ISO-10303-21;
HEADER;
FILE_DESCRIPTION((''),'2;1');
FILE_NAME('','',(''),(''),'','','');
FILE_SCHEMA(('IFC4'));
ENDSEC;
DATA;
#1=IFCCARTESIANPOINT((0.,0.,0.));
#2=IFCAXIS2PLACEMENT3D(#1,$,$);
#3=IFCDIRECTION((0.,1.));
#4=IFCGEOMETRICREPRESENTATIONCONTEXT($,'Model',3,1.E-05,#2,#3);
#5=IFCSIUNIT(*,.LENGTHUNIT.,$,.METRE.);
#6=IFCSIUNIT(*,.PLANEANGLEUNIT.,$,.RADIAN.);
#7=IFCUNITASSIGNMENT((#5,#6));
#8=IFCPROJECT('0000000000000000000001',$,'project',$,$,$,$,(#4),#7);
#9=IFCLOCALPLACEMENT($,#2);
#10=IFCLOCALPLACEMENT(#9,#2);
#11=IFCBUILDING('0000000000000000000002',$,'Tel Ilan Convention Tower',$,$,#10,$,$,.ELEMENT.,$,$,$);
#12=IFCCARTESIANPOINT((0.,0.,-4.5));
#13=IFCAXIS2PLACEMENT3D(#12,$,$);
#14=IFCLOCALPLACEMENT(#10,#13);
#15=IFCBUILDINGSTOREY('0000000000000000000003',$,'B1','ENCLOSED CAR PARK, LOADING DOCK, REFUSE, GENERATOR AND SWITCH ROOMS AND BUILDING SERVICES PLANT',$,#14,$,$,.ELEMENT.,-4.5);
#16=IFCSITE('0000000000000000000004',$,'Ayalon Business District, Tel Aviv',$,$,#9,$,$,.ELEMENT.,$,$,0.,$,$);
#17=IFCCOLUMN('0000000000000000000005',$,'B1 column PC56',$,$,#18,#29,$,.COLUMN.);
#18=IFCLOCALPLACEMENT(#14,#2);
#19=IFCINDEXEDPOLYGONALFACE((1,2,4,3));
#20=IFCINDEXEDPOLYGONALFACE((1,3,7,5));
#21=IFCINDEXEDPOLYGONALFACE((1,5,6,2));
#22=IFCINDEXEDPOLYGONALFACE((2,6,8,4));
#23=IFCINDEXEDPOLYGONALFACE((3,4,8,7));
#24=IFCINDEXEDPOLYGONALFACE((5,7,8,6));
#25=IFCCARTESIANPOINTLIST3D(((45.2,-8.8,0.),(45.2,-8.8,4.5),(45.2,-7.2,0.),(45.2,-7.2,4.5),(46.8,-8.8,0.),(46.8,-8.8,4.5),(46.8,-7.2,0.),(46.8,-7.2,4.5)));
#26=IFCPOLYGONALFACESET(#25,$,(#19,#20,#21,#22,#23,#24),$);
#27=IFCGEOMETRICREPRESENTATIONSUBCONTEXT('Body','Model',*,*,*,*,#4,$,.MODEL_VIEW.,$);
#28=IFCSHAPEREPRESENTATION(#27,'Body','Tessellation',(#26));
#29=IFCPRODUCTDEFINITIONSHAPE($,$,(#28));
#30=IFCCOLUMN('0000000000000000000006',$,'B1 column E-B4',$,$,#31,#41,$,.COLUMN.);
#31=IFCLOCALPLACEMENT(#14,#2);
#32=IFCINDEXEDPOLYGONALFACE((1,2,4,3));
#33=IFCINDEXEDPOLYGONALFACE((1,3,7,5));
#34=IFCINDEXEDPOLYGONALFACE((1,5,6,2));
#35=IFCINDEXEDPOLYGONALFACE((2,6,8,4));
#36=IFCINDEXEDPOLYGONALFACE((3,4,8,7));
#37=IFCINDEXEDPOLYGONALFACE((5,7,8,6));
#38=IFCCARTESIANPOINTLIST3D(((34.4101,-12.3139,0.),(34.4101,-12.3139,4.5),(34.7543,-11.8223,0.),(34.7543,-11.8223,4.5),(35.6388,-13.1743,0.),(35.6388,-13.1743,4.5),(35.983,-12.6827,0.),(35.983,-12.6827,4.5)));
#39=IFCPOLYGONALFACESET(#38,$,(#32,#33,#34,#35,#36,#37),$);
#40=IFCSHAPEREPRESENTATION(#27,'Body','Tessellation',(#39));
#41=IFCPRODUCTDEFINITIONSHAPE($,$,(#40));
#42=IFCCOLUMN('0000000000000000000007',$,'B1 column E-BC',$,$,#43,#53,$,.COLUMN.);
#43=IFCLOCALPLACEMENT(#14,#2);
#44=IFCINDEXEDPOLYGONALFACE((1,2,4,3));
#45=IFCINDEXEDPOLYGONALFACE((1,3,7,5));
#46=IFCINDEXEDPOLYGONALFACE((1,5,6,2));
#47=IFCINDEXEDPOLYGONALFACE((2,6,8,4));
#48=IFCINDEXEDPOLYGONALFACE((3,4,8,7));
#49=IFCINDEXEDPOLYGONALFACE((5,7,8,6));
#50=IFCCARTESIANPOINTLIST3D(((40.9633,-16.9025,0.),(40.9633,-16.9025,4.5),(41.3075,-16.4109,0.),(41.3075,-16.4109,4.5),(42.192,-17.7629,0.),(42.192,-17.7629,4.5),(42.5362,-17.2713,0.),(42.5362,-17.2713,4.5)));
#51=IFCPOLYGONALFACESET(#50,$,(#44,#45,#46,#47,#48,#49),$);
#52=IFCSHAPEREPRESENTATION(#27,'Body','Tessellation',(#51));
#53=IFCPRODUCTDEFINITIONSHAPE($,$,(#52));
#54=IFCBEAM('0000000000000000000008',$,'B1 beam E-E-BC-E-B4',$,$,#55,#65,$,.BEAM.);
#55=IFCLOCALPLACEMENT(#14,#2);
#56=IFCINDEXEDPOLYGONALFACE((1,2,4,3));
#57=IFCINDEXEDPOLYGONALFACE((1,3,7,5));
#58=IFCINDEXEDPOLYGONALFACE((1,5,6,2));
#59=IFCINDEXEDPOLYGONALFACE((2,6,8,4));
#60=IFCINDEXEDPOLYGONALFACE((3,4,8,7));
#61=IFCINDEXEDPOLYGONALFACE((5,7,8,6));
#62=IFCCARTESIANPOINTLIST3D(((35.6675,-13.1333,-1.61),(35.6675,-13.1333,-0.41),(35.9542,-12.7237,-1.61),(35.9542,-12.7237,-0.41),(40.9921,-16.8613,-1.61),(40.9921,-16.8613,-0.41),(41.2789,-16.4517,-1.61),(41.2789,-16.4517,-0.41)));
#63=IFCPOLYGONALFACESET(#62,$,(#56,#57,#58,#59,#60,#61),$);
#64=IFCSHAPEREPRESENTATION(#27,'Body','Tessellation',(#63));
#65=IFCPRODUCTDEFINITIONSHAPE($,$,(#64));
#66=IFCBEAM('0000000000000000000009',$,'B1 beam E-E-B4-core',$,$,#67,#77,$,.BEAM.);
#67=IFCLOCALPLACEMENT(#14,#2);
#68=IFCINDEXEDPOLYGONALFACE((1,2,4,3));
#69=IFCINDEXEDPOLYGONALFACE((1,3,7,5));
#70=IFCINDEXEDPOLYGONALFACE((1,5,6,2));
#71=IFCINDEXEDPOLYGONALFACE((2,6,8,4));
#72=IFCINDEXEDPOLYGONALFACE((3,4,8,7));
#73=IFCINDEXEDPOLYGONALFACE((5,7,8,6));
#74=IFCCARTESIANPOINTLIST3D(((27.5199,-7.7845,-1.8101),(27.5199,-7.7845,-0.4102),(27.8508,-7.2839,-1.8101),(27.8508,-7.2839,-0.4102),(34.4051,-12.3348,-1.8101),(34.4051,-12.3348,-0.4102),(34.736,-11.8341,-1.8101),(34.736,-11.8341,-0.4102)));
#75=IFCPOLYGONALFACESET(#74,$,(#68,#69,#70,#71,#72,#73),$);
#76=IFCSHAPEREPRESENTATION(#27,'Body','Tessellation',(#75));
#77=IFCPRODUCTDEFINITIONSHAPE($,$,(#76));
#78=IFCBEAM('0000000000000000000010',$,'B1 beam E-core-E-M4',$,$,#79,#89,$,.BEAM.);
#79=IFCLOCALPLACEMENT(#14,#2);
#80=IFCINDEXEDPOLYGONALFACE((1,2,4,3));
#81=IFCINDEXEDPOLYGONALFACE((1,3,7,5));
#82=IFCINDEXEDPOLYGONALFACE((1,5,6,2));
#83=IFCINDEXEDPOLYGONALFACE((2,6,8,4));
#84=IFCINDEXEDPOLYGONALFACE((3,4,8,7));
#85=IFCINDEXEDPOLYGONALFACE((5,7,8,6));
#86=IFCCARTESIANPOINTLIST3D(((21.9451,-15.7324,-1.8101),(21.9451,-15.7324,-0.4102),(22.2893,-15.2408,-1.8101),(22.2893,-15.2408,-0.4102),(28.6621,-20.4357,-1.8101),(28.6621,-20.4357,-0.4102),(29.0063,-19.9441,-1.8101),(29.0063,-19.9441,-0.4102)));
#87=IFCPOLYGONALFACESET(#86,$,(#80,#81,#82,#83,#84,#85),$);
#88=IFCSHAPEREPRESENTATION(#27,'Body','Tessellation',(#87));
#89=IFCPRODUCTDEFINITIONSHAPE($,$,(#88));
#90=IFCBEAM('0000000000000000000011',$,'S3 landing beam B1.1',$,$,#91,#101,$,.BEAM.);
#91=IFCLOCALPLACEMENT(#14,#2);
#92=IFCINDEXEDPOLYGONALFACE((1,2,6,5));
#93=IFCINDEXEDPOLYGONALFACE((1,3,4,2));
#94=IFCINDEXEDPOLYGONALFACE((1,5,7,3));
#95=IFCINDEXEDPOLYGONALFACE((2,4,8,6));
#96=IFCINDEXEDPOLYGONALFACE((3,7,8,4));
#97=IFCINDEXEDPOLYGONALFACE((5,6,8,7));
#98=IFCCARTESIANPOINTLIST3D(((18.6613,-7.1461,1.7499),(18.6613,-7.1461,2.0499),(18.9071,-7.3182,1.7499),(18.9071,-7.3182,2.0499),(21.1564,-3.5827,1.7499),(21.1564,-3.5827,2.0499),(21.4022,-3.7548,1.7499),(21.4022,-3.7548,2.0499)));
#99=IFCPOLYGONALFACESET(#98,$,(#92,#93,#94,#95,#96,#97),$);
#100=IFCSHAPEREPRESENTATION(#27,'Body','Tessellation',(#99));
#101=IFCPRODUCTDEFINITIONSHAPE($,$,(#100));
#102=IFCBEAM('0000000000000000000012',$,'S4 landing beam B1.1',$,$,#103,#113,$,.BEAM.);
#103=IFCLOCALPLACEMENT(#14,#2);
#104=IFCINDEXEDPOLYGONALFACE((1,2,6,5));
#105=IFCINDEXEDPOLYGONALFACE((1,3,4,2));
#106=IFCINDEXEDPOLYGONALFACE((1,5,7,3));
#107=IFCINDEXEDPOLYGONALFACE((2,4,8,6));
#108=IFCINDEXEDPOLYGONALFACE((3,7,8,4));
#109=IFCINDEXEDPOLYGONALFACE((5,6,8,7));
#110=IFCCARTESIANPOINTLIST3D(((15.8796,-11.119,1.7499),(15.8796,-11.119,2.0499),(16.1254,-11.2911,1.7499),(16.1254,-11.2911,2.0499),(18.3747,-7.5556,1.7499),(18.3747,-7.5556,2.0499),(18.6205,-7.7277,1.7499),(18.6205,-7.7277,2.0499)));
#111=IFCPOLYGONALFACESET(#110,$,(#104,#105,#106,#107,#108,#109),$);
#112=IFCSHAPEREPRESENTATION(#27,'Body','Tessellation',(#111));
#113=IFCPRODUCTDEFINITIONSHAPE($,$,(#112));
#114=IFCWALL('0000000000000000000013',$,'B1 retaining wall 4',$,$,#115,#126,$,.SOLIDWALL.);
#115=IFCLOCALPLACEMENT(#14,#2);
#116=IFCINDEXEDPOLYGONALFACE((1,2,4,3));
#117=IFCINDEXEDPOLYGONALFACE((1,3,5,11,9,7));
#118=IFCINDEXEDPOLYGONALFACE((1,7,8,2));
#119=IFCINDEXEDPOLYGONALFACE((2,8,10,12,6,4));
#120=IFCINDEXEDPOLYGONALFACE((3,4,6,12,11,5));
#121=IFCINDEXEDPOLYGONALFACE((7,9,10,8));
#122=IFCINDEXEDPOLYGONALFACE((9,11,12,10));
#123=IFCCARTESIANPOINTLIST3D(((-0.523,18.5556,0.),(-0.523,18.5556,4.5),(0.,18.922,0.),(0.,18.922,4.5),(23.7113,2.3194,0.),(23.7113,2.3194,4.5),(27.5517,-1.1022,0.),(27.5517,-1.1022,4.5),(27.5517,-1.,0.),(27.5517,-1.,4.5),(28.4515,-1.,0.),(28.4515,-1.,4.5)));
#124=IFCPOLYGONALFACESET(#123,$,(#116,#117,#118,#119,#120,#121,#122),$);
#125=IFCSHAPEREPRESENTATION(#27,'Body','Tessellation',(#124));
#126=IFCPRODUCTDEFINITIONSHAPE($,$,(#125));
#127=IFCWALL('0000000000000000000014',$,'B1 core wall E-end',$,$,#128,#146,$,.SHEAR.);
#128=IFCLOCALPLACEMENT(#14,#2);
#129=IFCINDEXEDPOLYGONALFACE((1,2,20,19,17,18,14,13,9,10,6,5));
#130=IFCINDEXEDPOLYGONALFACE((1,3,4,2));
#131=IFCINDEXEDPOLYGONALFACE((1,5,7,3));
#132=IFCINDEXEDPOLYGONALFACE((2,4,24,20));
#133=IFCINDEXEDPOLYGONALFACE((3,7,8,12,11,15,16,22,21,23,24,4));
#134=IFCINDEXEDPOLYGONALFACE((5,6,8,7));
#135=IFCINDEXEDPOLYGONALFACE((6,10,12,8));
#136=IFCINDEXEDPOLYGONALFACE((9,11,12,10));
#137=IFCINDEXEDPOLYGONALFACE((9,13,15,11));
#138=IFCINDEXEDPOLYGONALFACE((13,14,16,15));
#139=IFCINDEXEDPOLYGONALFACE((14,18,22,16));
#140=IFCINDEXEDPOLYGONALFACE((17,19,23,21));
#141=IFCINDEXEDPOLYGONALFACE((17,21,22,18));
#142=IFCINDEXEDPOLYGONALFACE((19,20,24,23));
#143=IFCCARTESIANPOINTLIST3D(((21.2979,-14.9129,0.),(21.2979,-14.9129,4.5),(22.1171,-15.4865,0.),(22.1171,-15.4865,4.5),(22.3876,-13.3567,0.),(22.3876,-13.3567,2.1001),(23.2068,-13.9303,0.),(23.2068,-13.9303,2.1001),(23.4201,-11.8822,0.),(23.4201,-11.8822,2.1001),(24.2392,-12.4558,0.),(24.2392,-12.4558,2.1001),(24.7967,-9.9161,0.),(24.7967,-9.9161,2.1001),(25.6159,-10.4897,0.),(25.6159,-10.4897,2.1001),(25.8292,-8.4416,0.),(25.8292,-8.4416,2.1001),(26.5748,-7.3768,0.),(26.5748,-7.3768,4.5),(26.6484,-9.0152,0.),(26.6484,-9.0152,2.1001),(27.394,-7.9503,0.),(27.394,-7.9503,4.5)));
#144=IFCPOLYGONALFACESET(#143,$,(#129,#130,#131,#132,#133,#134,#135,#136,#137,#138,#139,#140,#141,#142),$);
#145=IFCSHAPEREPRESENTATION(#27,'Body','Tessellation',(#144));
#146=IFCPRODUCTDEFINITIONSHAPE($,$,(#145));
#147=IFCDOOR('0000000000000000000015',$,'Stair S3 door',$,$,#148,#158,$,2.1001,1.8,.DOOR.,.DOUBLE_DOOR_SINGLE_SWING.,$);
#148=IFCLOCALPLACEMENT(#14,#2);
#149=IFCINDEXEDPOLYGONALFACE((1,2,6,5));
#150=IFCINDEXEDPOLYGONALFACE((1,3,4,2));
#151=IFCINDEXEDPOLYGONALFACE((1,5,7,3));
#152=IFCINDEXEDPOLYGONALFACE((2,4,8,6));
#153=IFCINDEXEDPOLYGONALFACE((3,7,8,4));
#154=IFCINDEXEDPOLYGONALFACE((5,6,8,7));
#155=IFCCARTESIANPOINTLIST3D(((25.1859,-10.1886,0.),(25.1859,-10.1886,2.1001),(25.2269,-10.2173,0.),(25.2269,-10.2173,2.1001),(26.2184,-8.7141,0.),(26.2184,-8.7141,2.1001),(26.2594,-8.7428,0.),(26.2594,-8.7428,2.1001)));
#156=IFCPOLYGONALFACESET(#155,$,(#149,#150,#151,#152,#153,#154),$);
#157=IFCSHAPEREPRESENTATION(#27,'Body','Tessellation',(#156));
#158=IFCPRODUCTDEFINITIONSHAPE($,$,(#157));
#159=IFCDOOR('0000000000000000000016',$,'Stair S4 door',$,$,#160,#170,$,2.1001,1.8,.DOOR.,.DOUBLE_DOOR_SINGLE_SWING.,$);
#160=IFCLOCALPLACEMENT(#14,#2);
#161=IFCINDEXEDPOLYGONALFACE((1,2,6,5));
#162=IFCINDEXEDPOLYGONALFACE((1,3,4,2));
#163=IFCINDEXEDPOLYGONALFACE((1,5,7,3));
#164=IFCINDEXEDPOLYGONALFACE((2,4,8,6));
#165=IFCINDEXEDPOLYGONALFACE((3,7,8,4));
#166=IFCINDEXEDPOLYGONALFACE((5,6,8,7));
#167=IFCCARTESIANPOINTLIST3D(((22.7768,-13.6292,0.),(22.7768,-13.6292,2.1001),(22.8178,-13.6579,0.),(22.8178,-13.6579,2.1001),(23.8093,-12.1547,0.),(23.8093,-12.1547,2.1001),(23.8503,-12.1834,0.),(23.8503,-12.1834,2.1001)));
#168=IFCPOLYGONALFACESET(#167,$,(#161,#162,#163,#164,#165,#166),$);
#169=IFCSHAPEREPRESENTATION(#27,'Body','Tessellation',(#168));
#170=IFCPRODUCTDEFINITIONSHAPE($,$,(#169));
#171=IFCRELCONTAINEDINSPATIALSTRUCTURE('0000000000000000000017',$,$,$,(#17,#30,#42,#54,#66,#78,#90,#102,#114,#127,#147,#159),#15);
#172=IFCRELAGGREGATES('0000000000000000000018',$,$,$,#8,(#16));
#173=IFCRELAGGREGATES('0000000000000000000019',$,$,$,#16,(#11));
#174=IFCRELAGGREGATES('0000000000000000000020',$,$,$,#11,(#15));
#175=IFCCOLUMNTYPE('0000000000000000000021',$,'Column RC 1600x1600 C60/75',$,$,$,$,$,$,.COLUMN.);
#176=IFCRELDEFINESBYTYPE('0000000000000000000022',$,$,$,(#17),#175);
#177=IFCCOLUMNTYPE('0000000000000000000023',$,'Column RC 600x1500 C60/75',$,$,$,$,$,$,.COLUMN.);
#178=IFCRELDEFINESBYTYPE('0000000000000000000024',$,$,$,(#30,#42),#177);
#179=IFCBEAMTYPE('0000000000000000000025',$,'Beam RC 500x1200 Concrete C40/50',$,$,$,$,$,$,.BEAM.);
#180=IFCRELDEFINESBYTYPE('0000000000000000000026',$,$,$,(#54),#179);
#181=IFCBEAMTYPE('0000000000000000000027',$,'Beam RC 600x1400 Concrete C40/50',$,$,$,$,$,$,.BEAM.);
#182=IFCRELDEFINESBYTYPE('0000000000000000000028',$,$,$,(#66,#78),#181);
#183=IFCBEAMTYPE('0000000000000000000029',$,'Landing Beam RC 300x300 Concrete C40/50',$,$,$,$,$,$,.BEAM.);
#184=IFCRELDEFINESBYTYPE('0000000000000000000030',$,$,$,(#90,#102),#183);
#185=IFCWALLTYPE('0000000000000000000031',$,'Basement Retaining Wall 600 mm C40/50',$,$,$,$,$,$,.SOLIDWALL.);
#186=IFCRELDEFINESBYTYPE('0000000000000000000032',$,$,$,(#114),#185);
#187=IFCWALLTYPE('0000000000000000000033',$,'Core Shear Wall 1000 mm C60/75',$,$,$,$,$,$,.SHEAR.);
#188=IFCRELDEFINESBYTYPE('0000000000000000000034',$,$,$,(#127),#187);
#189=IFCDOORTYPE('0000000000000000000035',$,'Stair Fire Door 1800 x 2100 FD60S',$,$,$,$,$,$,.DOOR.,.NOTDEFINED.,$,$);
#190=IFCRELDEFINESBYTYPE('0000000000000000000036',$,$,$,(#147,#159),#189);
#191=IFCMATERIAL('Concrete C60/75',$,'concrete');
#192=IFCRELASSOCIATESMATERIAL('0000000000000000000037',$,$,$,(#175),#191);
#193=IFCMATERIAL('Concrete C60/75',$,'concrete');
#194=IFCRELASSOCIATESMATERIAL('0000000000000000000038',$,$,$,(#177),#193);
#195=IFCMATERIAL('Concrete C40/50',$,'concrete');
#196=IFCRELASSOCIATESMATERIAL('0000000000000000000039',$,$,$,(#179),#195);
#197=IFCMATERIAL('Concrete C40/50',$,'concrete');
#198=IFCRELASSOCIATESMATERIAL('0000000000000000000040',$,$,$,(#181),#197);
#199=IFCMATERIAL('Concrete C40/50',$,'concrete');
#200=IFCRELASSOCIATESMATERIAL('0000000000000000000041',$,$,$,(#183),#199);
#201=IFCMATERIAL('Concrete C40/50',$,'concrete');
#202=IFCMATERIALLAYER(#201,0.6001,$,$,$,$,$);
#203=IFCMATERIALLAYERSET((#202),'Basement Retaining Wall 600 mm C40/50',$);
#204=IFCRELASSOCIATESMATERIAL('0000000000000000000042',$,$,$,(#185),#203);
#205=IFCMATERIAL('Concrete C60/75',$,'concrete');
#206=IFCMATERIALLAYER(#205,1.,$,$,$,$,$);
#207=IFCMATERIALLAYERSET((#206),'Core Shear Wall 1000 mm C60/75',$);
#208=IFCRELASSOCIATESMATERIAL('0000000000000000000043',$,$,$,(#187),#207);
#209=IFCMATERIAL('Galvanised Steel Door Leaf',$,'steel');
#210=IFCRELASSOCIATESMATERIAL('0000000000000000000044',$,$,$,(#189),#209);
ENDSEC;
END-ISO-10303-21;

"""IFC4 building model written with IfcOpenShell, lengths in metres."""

from ifc_helpers import new_model, si_unit, direction, frame, frame_2d, origin, origin_2d, place, context, subcontext, project, spatial, polyline, rectangle, outline, extrude, material, layer, layer_set, material_profile, profile_set, type_object, element, fill, save


model = new_model("IFC4")

# Units and contexts
model_context = context("Model", 3, precision=1e-05, world=origin(), true_north=direction((0.0, 1.0)))
body_context = subcontext(model_context, "Body", "Model", "MODEL_VIEW")
ifc_project = project(units=[si_unit("LENGTHUNIT", "METRE"), si_unit("PLANEANGLEUNIT", "RADIAN")], contexts=[model_context])

# Site, building, storey
site_placement = place(None, origin())
site = spatial("IfcSite", under=ifc_project, at=site_placement, Name="Ayalon Business District, Tel Aviv", CompositionType="ELEMENT", RefElevation=0.0)
building_placement = place(site_placement, origin())
building = spatial("IfcBuilding", under=site, at=building_placement, Name="Tel Ilan Convention Tower", CompositionType="ELEMENT")
storey_placement = place(building_placement, frame((0.0, 0.0, -4.5)))
storey = spatial("IfcBuildingStorey", under=building, at=storey_placement, Name="B1", Description="ENCLOSED CAR PARK, LOADING DOCK, REFUSE, GENERATOR AND SWITCH ROOMS AND BUILDING SERVICES PLANT", CompositionType="ELEMENT", Elevation=-4.5)

# Columns
ifc_material_1 = material(Name="Concrete C60/75", Category="concrete")
ifc_material_profile_1 = material_profile(ifc_material_1, rectangle(XDim=1.6001, YDim=1.6001, at=origin_2d()), Name="RC 1600x1600")
ifc_profile_set_1 = profile_set([ifc_material_profile_1], Name="Concrete C60/75")
column_type_1 = type_object("IfcColumnType", Name="Column RC 1600x1600 C60/75", PredefinedType="COLUMN", material=ifc_profile_set_1)
column_placement = place(storey_placement, frame((46.0, -8.0, 0.0), z_axis=(0.0, 0.0, 1.0), x_axis=(1.0, 0.0, 0.0)))
element("IfcColumn", 1, at=column_placement, inside=storey, type_object=column_type_1, Name="B1 column PC56", PredefinedType="COLUMN", context=body_context, shape_type="SweptSolid", body=[
    extrude(rectangle(XDim=1.6001, YDim=1.6001, at=origin_2d()), origin(), (0.0, 0.0, 1.0), 4.5),
])
ifc_material_2 = material(Name="Concrete C60/75", Category="concrete")
ifc_material_profile_2 = material_profile(ifc_material_2, rectangle(XDim=1.5, YDim=0.6001, at=origin_2d()), Name="RC 600x1500")
ifc_profile_set_2 = profile_set([ifc_material_profile_2], Name="Concrete C60/75")
column_type_2 = type_object("IfcColumnType", Name="Column RC 600x1500 C60/75", PredefinedType="COLUMN", material=ifc_profile_set_2)
for number, where, z_axis, x_axis, name in (
    (2, (35.1965, -12.4983, 0.0), (0.0, 0.0, 1.0), (0.819152, -0.573576, 0.0), "B1 column E-B4"),
    (3, (41.7498, -17.0869, 0.0), (0.0, 0.0, 1.0), (0.819152, -0.573576, 0.0), "B1 column E-BC"),
):
    element("IfcColumn", number, at=place(storey_placement, frame(where, z_axis=z_axis, x_axis=x_axis)), inside=storey, type_object=column_type_2, Name=name, PredefinedType="COLUMN", context=body_context, shape_type="SweptSolid", body=[
        extrude(rectangle(XDim=1.5, YDim=0.6001, at=origin_2d()), origin(), (0.0, 0.0, 1.0), 4.5),
    ])

# Beams
ifc_material_3 = material(Name="Concrete C40/50", Category="concrete")
ifc_material_profile_3 = material_profile(ifc_material_3, rectangle(XDim=0.5, YDim=1.2, at=origin_2d()), Name="RC 500x1200")
ifc_profile_set_3 = profile_set([ifc_material_profile_3], Name="Concrete C40/50")
beam_type_1 = type_object("IfcBeamType", Name="Beam RC 500x1200 Concrete C40/50", PredefinedType="BEAM", material=ifc_profile_set_3)
beam_1_placement = place(storey_placement, frame((41.1355, -16.6565, -1.01), z_axis=(-0.819179, 0.573538, 0.0), x_axis=(-0.573538, -0.819179, 0.0)))
element("IfcBeam", 4, at=beam_1_placement, inside=storey, type_object=beam_type_1, Name="B1 beam E-E-BC-E-B4", PredefinedType="BEAM", context=body_context, shape_type="SweptSolid", body=[
    extrude(rectangle(XDim=0.5, YDim=1.2, at=origin_2d()), origin(), (0.0, 0.0, 1.0), 6.5),
])
ifc_material_4 = material(Name="Concrete C40/50", Category="concrete")
ifc_material_profile_4 = material_profile(ifc_material_4, rectangle(XDim=0.6001, YDim=1.3999, at=origin_2d()), Name="RC 600x1400")
ifc_profile_set_4 = profile_set([ifc_material_profile_4], Name="Concrete C40/50")
beam_type_2 = type_object("IfcBeamType", Name="Beam RC 600x1400 Concrete C40/50", PredefinedType="BEAM", material=ifc_profile_set_4)
beam_2_placement = place(storey_placement, frame((34.5706, -12.0845, -1.1101), z_axis=(-0.834274, 0.551351, 0.0), x_axis=(-0.551351, -0.834274, 0.0)))
element("IfcBeam", 5, at=beam_2_placement, inside=storey, type_object=beam_type_2, Name="B1 beam E-E-B4-core", PredefinedType="BEAM", context=body_context, shape_type="SweptSolid", body=[
    extrude(rectangle(XDim=0.6001, YDim=1.3999, at=origin_2d()), origin(), (0.0, 0.0, 1.0), 8.2529),
])
beam_3_placement = place(storey_placement, frame((22.1172, -15.4866, -1.1101), z_axis=(0.819149, -0.57358, 0.0), x_axis=(0.57358, 0.819149, 0.0)))
element("IfcBeam", 6, at=beam_3_placement, inside=storey, type_object=beam_type_2, Name="B1 beam E-core-E-M4", PredefinedType="BEAM", context=body_context, shape_type="SweptSolid", body=[
    extrude(rectangle(XDim=0.6001, YDim=1.3999, at=origin_2d()), origin(), (0.0, 0.0, 1.0), 8.2),
])
ifc_material_5 = material(Name="Concrete C40/50", Category="concrete")
ifc_material_profile_5 = material_profile(ifc_material_5, rectangle(XDim=0.3, YDim=0.3, at=origin_2d()), Name="RC 300x300")
ifc_profile_set_5 = profile_set([ifc_material_profile_5], Name="Concrete C40/50")
beam_type_3 = type_object("IfcBeamType", Name="Landing Beam RC 300x300 Concrete C40/50", PredefinedType="BEAM", material=ifc_profile_set_5)
for number, where, z_axis, x_axis, name in (
    (7, (21.2793, -3.6687, 1.8999), (-0.573568, -0.819158, 0.0), (0.819158, -0.573568, 0.0), "S3 landing beam B1.1"),
    (8, (18.4976, -7.6416, 1.8999), (-0.573568, -0.819158, 0.0), (0.819158, -0.573568, 0.0), "S4 landing beam B1.1"),
):
    element("IfcBeam", number, at=place(storey_placement, frame(where, z_axis=z_axis, x_axis=x_axis)), inside=storey, type_object=beam_type_3, Name=name, PredefinedType="BEAM", context=body_context, shape_type="SweptSolid", body=[
        extrude(rectangle(XDim=0.3, YDim=0.3, at=origin_2d()), origin(), (0.0, 0.0, 1.0), 4.3501),
    ])

# Wall
ifc_material_6 = material(Name="Concrete C40/50", Category="concrete")
ifc_layer_1 = layer(ifc_material_6, 0.6001)
ifc_layer_set_1 = layer_set([ifc_layer_1], Name="Basement Retaining Wall 600 mm C40/50")
wall_type_1 = type_object("IfcWallType", Name="Basement Retaining Wall 600 mm C40/50", PredefinedType="SOLIDWALL", material=ifc_layer_set_1)
wall_1_placement = place(storey_placement, frame((28.2795, -1.2456, 0.0), z_axis=(0.0, 0.0, 1.0), x_axis=(-0.819155, 0.573573, 0.0)))
element("IfcWall", 9, at=wall_1_placement, inside=storey, type_object=wall_type_1, Name="B1 retaining wall 4", PredefinedType="SOLIDWALL", context=body_context, shape_type="SweptSolid", body=[
    extrude(outline(polyline([(5.7869, -0.3), (0.0, -0.2998), (0.7371, 0.2163), (0.6785, 0.3), (-0.1892, 0.3), (34.9512, 0.3), (34.7329, -0.3), (5.7869, -0.3)])), origin(), (0.0, 0.0, 1.0), 4.5),
])

# Wall, openings, doors
ifc_material_7 = material(Name="Concrete C60/75", Category="concrete")
ifc_layer_2 = layer(ifc_material_7, 1.0)
ifc_layer_set_2 = layer_set([ifc_layer_2], Name="Core Shear Wall 1000 mm C60/75")
wall_type_2 = type_object("IfcWallType", Name="Core Shear Wall 1000 mm C60/75", PredefinedType="SHEAR", material=ifc_layer_set_2)
wall_2_placement = place(storey_placement, frame((21.7075, -15.1997, 0.0), z_axis=(0.0, 0.0, 1.0), x_axis=(0.573576, 0.819152, 0.0)))
wall_2 = element("IfcWall", 10, at=wall_2_placement, inside=storey, type_object=wall_type_2, Name="B1 core wall E-end", PredefinedType="SHEAR", context=body_context, shape_type="SweptSolid", body=[
    extrude(outline(polyline([(9.2, 0.5), (0.0, 0.5), (0.0, -0.5), (9.2, -0.5), (9.2, 0.5)])), origin(), (0.0, 0.0, 1.0), 4.5),
])
opening_1_placement = place(wall_2_placement, frame((6.1001, 0.0, 0.0)))
opening_1 = element("IfcOpeningElement", 11, at=opening_1_placement, cuts=wall_2, PredefinedType="OPENING", context=body_context, shape_type="SweptSolid", body=[
    extrude(rectangle(XDim=1.8, YDim=2.1001, at=frame_2d((0.8999, 1.05))), frame((0.0, 0.51, 0.0), z_axis=(0.0, -1.0, 0.0), x_axis=(1.0, 0.0, 0.0)), (0.0, 0.0, 1.0), 1.02),
])
opening_2_placement = place(wall_2_placement, frame((1.8999, 0.0, 0.0)))
opening_2 = element("IfcOpeningElement", 12, at=opening_2_placement, cuts=wall_2, PredefinedType="OPENING", context=body_context, shape_type="SweptSolid", body=[
    extrude(rectangle(XDim=1.8, YDim=2.1001, at=frame_2d((0.8999, 1.05))), frame((0.0, 0.51, 0.0), z_axis=(0.0, -1.0, 0.0), x_axis=(1.0, 0.0, 0.0)), (0.0, 0.0, 1.0), 1.02),
])
ifc_material_8 = material(Name="Galvanised Steel Door Leaf", Category="steel")
door_type = type_object("IfcDoorType", Name="Stair Fire Door 1800 x 2100 FD60S", OperationType="NOTDEFINED", PredefinedType="DOOR", material=ifc_material_8)
door_1_placement = place(opening_1_placement, origin())
door_1 = element("IfcDoor", 13, at=door_1_placement, inside=storey, type_object=door_type, Name="Stair S3 door", OperationType="DOUBLE_DOOR_SINGLE_SWING", OverallHeight=2.1001, OverallWidth=1.8, PredefinedType="DOOR", context=body_context, shape_type="SweptSolid", body=[
    extrude(rectangle(XDim=1.8, YDim=2.1001, at=frame_2d((0.8999, 1.05))), frame((0.0, 0.0249, 0.0), z_axis=(0.0, -1.0, 0.0), x_axis=(1.0, 0.0, 0.0)), (0.0, 0.0, 1.0), 0.05),
])
fill(opening_1, door_1)
door_2_placement = place(opening_2_placement, origin())
door_2 = element("IfcDoor", 14, at=door_2_placement, inside=storey, type_object=door_type, Name="Stair S4 door", OperationType="DOUBLE_DOOR_SINGLE_SWING", OverallHeight=2.1001, OverallWidth=1.8, PredefinedType="DOOR", context=body_context, shape_type="SweptSolid", body=[
    extrude(rectangle(XDim=1.8, YDim=2.1001, at=frame_2d((0.8999, 1.05))), frame((0.0, 0.0249, 0.0), z_axis=(0.0, -1.0, 0.0), x_axis=(1.0, 0.0, 0.0)), (0.0, 0.0, 1.0), 0.05),
])
fill(opening_2, door_2)

save(model, "model.ifc")
